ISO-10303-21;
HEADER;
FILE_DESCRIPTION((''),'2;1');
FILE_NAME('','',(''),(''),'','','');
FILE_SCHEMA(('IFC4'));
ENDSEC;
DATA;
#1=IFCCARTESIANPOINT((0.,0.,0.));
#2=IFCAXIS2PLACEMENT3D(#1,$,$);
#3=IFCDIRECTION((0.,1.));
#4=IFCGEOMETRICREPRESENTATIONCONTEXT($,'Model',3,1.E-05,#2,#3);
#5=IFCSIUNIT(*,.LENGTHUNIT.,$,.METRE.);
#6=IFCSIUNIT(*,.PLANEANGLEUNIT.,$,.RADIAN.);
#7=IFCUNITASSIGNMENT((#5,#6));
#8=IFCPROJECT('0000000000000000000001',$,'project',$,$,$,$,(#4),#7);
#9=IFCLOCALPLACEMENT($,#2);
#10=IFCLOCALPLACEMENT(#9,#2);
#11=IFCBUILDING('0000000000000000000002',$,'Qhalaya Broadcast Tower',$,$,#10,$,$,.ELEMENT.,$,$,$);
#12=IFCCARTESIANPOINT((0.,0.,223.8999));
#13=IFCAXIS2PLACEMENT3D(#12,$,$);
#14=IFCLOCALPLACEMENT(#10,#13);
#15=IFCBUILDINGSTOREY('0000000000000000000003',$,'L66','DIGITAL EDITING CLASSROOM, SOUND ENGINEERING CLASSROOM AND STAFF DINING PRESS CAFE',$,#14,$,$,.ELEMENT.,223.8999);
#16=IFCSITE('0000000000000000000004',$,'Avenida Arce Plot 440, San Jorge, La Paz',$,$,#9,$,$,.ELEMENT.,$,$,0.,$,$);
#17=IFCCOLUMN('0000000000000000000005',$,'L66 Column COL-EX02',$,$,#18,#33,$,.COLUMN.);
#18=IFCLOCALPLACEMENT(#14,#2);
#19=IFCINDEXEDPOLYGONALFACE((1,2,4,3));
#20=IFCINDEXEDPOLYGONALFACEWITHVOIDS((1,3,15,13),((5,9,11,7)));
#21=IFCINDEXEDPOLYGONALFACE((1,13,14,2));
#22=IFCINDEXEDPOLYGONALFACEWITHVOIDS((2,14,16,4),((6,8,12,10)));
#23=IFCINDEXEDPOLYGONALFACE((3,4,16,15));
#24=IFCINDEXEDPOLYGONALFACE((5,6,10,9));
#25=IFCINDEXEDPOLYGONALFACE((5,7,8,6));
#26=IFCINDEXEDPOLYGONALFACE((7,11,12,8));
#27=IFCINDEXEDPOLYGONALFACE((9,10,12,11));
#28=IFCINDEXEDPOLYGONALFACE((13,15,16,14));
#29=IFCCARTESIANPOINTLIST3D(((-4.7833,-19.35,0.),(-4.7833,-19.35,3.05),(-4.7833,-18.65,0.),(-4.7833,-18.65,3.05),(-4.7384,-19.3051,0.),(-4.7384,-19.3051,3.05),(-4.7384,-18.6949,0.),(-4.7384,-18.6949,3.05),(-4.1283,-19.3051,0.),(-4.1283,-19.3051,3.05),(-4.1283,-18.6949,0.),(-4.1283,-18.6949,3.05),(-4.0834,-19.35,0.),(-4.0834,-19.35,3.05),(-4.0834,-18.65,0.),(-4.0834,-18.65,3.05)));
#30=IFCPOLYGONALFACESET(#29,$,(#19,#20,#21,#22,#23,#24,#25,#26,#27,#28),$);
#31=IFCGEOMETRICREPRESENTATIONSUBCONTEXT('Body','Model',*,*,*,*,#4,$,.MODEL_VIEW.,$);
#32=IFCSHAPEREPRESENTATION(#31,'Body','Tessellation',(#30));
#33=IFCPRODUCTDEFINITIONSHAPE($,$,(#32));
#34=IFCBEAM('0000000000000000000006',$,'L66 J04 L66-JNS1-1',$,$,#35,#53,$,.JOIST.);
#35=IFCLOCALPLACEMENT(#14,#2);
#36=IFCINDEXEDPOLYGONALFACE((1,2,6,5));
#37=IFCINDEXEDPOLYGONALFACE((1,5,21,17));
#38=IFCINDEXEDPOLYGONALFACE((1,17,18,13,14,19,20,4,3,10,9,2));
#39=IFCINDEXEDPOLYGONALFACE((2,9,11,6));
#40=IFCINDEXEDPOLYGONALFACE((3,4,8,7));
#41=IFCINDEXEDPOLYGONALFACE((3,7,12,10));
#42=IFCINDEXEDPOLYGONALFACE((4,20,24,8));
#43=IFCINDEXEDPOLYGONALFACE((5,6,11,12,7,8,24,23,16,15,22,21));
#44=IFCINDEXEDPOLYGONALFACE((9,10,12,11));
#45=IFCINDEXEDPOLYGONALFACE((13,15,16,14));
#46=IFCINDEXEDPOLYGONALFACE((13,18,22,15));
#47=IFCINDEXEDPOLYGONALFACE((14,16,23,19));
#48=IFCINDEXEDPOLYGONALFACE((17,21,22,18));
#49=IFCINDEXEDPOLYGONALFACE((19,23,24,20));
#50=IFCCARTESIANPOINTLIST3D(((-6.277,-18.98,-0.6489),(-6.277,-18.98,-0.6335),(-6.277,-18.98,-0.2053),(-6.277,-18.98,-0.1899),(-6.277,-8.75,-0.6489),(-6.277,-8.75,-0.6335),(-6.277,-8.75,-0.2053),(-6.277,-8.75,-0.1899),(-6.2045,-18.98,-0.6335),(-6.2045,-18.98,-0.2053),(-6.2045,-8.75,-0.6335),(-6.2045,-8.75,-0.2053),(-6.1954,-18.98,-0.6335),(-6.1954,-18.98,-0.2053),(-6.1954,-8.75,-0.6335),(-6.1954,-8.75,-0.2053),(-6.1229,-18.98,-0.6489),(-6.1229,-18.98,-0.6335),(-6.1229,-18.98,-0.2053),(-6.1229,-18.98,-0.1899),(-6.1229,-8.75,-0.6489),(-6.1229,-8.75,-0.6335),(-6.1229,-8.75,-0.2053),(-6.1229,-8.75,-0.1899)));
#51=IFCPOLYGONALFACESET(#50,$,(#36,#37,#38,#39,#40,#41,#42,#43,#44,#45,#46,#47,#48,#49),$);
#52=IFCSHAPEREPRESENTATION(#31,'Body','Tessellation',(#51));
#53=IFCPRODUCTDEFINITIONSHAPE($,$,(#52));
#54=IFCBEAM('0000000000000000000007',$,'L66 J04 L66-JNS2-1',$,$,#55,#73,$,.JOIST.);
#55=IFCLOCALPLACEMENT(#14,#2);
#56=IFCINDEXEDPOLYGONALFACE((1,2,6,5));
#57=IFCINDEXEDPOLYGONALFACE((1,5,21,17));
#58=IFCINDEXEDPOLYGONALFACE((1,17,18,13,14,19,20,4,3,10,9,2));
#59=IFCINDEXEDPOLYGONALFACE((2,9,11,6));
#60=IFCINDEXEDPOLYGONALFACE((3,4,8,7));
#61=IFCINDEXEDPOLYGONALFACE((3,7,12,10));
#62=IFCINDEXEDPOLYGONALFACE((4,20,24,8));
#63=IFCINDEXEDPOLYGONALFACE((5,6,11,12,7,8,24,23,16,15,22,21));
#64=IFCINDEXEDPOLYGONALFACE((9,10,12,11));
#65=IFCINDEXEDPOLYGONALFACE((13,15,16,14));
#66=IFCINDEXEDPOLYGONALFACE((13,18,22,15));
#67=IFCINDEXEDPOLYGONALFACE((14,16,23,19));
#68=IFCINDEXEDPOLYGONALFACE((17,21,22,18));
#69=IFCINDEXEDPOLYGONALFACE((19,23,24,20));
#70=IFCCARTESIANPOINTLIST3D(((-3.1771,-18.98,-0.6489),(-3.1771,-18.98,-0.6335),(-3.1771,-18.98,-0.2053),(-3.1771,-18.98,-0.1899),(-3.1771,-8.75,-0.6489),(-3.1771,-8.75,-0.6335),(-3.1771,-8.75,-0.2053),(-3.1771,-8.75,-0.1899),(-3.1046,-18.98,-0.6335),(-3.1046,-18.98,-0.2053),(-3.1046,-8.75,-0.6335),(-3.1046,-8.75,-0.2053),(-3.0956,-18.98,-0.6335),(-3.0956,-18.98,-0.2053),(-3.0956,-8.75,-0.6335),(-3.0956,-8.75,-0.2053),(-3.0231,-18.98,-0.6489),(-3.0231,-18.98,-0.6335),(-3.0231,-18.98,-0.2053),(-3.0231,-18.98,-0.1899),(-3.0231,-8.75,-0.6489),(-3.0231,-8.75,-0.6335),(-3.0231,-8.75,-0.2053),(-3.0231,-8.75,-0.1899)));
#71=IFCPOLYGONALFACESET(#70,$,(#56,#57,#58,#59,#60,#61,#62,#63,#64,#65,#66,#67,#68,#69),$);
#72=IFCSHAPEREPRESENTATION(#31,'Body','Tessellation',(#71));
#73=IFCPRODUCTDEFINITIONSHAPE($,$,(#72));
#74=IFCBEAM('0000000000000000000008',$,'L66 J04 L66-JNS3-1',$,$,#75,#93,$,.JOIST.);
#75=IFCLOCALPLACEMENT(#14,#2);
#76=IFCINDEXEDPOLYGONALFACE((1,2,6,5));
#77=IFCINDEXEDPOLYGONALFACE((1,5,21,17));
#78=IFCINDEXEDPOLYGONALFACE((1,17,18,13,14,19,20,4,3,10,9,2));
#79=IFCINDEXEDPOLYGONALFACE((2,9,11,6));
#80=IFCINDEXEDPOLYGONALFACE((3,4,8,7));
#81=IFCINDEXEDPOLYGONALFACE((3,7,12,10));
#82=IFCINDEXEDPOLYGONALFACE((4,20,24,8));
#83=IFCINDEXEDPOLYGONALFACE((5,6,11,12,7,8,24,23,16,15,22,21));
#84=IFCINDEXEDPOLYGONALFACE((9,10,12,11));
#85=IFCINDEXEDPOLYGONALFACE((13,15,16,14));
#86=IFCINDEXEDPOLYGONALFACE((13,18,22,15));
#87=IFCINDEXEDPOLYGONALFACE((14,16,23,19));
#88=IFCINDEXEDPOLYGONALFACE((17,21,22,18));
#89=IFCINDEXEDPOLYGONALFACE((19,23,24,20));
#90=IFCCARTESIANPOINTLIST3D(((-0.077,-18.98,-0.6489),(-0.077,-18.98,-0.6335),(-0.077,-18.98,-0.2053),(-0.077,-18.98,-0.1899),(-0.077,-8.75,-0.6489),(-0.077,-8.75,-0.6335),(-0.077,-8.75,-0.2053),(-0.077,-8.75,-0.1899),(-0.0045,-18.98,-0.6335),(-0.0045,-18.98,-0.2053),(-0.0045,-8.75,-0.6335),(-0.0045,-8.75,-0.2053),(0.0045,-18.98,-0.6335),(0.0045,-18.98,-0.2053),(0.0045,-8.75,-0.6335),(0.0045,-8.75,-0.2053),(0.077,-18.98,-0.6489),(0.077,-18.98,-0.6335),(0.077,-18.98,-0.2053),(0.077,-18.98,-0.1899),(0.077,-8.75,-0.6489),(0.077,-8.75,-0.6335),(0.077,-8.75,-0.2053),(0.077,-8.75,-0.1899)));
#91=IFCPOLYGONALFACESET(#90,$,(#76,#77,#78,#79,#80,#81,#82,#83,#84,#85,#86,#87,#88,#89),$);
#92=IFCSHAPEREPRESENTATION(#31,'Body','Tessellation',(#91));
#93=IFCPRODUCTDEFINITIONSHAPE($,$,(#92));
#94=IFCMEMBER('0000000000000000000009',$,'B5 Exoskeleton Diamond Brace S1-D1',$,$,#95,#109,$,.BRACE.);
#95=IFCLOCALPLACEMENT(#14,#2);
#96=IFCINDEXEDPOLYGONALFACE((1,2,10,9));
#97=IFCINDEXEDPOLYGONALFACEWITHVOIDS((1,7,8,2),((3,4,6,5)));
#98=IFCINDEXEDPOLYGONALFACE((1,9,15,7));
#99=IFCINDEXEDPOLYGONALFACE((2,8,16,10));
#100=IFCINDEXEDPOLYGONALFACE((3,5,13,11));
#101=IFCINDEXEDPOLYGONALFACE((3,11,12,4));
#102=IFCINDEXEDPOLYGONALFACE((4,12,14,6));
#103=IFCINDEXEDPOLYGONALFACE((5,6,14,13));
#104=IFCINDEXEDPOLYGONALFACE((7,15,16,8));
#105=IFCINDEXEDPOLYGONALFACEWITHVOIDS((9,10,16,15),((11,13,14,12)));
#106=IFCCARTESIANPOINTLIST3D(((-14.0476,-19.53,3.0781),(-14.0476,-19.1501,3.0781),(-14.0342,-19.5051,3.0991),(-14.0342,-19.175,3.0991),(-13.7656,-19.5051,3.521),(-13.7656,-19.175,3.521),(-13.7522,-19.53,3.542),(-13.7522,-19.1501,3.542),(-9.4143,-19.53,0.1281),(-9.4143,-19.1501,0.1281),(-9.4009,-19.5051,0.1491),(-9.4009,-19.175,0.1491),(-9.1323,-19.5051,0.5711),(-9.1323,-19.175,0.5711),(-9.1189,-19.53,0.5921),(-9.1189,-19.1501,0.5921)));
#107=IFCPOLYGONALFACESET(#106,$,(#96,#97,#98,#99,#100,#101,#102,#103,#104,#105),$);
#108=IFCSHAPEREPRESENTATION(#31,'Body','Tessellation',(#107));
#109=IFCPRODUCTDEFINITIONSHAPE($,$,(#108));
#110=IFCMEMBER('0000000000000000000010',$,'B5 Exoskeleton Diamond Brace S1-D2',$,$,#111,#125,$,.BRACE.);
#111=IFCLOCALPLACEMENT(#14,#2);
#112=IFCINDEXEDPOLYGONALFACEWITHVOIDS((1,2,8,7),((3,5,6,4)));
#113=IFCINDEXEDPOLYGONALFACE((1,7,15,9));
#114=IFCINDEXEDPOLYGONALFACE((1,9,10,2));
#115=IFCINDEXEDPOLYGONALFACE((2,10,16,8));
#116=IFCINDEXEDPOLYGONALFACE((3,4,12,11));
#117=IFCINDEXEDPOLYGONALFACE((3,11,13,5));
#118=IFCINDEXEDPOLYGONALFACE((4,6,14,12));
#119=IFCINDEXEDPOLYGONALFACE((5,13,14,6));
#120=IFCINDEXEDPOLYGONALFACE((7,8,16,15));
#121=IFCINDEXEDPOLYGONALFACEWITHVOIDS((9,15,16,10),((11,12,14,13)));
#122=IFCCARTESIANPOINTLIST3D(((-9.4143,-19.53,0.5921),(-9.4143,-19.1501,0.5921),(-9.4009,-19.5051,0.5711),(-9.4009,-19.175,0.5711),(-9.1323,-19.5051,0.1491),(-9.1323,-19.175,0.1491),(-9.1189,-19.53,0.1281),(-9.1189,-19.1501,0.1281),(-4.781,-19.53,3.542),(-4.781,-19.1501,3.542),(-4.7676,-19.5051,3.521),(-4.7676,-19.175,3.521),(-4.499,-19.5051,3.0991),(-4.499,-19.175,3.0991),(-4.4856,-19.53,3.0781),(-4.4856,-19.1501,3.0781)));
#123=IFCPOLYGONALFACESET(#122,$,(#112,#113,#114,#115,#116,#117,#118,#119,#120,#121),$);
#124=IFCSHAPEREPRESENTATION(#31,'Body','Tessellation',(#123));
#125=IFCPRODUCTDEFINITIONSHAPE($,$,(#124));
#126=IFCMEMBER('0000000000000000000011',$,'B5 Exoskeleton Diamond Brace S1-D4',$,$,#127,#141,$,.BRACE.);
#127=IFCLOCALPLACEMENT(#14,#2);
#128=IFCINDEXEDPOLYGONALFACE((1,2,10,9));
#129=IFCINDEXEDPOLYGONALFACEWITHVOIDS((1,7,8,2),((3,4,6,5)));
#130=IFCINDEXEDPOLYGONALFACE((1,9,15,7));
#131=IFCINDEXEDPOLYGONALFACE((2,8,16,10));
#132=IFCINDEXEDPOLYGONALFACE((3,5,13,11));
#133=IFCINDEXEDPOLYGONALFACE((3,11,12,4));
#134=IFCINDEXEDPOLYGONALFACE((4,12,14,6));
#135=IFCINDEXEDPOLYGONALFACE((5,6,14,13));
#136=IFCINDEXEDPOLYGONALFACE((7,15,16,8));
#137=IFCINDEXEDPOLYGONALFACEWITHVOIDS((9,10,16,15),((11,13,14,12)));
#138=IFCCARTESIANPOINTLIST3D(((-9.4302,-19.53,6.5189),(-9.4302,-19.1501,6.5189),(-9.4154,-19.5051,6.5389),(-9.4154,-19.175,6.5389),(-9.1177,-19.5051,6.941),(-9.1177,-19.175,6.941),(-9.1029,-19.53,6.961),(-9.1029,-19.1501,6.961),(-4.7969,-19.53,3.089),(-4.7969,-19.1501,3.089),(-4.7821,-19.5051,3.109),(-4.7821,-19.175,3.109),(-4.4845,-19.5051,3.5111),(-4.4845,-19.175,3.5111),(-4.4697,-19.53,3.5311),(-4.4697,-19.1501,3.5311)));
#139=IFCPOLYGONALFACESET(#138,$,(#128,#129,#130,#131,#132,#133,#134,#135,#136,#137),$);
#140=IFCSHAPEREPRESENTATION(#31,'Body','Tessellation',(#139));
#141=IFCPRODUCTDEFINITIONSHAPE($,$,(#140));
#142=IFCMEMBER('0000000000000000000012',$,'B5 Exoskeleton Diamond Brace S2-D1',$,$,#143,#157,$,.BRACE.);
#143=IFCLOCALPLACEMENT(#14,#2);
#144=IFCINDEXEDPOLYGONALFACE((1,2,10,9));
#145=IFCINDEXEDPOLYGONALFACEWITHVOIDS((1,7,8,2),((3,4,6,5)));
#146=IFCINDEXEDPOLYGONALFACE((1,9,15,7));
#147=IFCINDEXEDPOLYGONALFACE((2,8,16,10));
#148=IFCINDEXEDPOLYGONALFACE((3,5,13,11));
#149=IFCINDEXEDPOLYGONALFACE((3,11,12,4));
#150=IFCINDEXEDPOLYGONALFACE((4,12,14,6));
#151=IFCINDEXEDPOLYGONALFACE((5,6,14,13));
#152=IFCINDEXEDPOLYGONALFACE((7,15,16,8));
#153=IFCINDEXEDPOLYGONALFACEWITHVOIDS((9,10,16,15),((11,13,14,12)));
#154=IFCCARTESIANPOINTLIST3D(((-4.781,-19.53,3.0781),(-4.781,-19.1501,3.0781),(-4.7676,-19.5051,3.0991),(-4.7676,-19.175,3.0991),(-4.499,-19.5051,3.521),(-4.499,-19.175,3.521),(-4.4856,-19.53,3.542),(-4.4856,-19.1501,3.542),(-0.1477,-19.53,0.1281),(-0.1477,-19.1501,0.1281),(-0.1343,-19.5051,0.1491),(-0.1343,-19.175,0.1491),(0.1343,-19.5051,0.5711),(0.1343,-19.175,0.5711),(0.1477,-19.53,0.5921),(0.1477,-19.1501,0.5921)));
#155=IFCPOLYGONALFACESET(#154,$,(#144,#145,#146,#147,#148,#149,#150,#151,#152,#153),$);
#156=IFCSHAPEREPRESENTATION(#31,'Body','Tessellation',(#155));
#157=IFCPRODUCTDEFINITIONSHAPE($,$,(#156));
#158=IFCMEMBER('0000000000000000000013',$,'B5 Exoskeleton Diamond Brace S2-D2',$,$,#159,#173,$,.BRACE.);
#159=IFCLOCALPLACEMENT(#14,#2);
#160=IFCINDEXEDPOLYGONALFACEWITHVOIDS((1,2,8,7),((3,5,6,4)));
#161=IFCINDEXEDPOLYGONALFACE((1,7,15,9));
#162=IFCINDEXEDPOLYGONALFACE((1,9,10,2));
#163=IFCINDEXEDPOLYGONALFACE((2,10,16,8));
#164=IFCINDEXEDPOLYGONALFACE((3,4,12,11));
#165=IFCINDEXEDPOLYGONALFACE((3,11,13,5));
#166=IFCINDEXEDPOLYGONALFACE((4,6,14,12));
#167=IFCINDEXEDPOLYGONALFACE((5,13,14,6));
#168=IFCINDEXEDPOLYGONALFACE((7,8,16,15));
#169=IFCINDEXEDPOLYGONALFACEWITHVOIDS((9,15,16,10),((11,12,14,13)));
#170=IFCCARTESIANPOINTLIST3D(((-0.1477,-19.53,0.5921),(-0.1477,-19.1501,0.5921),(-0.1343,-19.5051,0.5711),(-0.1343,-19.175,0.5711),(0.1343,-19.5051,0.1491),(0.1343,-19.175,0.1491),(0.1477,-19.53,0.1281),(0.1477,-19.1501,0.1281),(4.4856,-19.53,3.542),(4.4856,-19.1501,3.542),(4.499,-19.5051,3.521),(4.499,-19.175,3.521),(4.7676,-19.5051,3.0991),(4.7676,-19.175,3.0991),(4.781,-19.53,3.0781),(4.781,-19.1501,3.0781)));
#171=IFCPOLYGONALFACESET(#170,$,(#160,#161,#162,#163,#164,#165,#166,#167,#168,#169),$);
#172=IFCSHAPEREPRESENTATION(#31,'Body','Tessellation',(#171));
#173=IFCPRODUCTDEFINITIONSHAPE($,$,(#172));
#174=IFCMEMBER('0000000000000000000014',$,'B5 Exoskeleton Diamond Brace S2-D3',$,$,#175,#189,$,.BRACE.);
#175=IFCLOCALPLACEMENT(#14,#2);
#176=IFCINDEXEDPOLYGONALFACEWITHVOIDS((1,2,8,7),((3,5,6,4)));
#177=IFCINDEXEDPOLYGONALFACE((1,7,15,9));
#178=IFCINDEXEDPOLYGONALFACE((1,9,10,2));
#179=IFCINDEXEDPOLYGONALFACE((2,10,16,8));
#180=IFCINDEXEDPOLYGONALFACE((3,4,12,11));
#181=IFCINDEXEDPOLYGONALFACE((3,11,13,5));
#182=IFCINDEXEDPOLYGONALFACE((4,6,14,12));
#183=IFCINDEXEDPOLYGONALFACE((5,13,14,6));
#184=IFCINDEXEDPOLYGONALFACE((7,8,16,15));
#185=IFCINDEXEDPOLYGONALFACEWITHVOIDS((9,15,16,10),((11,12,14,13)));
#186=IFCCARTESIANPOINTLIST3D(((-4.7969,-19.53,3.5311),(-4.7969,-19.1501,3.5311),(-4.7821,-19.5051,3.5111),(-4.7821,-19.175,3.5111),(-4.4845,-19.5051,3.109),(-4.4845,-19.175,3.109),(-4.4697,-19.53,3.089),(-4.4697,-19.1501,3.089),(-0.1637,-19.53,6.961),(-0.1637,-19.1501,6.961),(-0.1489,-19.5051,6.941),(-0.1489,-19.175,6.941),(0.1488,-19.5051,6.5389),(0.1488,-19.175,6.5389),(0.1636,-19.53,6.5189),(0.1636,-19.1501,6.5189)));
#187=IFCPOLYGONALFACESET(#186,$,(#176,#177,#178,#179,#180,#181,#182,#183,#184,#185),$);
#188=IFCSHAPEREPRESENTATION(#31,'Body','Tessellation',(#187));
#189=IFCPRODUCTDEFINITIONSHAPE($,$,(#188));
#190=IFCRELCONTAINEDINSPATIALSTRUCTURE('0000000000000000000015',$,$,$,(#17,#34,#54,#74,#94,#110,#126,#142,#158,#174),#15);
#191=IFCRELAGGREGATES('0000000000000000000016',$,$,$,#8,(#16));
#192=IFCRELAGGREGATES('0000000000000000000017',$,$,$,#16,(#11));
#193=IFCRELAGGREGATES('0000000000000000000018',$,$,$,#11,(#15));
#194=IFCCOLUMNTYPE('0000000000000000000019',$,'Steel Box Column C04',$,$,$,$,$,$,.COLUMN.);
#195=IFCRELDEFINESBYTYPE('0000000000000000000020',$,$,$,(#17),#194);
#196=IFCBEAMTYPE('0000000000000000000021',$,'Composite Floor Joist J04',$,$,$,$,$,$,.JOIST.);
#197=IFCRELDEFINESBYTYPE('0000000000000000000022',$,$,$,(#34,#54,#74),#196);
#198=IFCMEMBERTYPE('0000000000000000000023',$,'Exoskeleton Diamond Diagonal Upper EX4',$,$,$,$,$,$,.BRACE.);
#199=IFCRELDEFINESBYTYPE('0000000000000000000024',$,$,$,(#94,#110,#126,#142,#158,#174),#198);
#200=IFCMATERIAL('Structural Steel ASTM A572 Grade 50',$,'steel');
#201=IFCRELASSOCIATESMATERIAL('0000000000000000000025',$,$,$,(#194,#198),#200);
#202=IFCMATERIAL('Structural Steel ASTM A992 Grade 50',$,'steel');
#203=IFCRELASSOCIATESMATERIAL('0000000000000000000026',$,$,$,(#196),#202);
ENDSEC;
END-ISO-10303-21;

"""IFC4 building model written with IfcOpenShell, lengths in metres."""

from ifc_helpers import new_model, si_unit, direction, frame, origin, origin_2d, place, context, subcontext, project, spatial, hollow_rectangle, i_section, extrude, material, material_profile, profile_set, type_object, element, save


model = new_model("IFC4")

# Units and contexts
model_context = context("Model", 3, precision=1e-05, world=origin(), true_north=direction((0.0, 1.0)))
body_context = subcontext(model_context, "Body", "Model", "MODEL_VIEW")
ifc_project = project(units=[si_unit("LENGTHUNIT", "METRE"), si_unit("PLANEANGLEUNIT", "RADIAN")], contexts=[model_context])

# Site, building, storey
site_placement = place(None, origin())
site = spatial("IfcSite", under=ifc_project, at=site_placement, Name="Avenida Arce Plot 440, San Jorge, La Paz", CompositionType="ELEMENT", RefElevation=0.0)
building_placement = place(site_placement, origin())
building = spatial("IfcBuilding", under=site, at=building_placement, Name="Qhalaya Broadcast Tower", CompositionType="ELEMENT")
storey_placement = place(building_placement, frame((0.0, 0.0, 223.8999)))
storey = spatial("IfcBuildingStorey", under=building, at=storey_placement, Name="L66", Description="DIGITAL EDITING CLASSROOM, SOUND ENGINEERING CLASSROOM AND STAFF DINING PRESS CAFE", CompositionType="ELEMENT", Elevation=223.8999)

# Column
ifc_material_1 = material(Name="Structural Steel ASTM A572 Grade 50", Category="steel")
ifc_material_profile_1 = material_profile(ifc_material_1, hollow_rectangle(XDim=0.7, YDim=0.7, WallThickness=0.0449, at=origin_2d()), Name="BOX 700x700x45")
ifc_profile_set_1 = profile_set([ifc_material_profile_1], Name="Structural Steel ASTM A572 Grade 50")
column_type = type_object("IfcColumnType", Name="Steel Box Column C04", PredefinedType="COLUMN", material=ifc_profile_set_1)
column_placement = place(storey_placement, frame((-4.4333, -19.0, 0.0), z_axis=(0.0, 0.0, 1.0), x_axis=(1.0, 0.0, 0.0)))
element("IfcColumn", 1, at=column_placement, inside=storey, type_object=column_type, Name="L66 Column COL-EX02", PredefinedType="COLUMN", context=body_context, shape_type="SweptSolid", body=[
    extrude(hollow_rectangle(XDim=0.7, YDim=0.7, WallThickness=0.0449, at=origin_2d()), origin(), (0.0, 0.0, 1.0), 3.05),
])

# Beams
ifc_material_2 = material(Name="Structural Steel ASTM A992 Grade 50", Category="steel")
ifc_material_profile_2 = material_profile(ifc_material_2, i_section(OverallWidth=0.1541, OverallDepth=0.459, WebThickness=0.009, FlangeThickness=0.0154, at=origin_2d()), Name="W18X46")
ifc_profile_set_2 = profile_set([ifc_material_profile_2], Name="Structural Steel ASTM A992 Grade 50")
beam_type_1 = type_object("IfcBeamType", Name="Composite Floor Joist J04", PredefinedType="JOIST", material=ifc_profile_set_2)
for number, where, z_axis, x_axis, name in (
    (2, (-6.2, -18.98, -0.4194), (0.0, 1.0, 0.0), (-1.0, 0.0, 0.0), "L66 J04 L66-JNS1-1"),
    (3, (-3.1001, -18.98, -0.4194), (0.0, 1.0, 0.0), (-1.0, 0.0, 0.0), "L66 J04 L66-JNS2-1"),
    (4, (0.0, -18.98, -0.4194), (0.0, 1.0, 0.0), (-1.0, 0.0, 0.0), "L66 J04 L66-JNS3-1"),
):
    element("IfcBeam", number, at=place(storey_placement, frame(where, z_axis=z_axis, x_axis=x_axis)), inside=storey, type_object=beam_type_1, Name=name, PredefinedType="JOIST", context=body_context, shape_type="SweptSolid", body=[
        extrude(i_section(OverallWidth=0.1541, OverallDepth=0.459, WebThickness=0.009, FlangeThickness=0.0154, at=origin_2d()), origin(), (0.0, 0.0, 1.0), 10.23),
    ])

# Members
ifc_material_profile_3 = material_profile(ifc_material_1, hollow_rectangle(XDim=0.3799, YDim=0.55, WallThickness=0.0249, at=origin_2d()), Name="BOX 380x550x25")
ifc_profile_set_3 = profile_set([ifc_material_profile_3], Name="Structural Steel ASTM A572 Grade 50")
member_type = type_object("IfcMemberType", Name="Exoskeleton Diamond Diagonal Upper EX4", PredefinedType="BRACE", material=ifc_profile_set_3)
for number, where, z_axis, x_axis, name in (
    (5, (-9.2666, -19.3401, 0.3601), (-0.843539, 0.0, 0.537068), (0.0, -1.0, 0.0), "B5 Exoskeleton Diamond Brace S1-D1"),
    (6, (-9.2666, -19.3401, 0.3601), (0.843539, 0.0, 0.537068), (0.0, 1.0, 0.0), "B5 Exoskeleton Diamond Brace S1-D2"),
):
    element("IfcMember", number, at=place(storey_placement, frame(where, z_axis=z_axis, x_axis=x_axis)), inside=storey, type_object=member_type, Name=name, PredefinedType="BRACE", context=body_context, shape_type="SweptSolid", body=[
        extrude(hollow_rectangle(XDim=0.3799, YDim=0.55, WallThickness=0.0249, at=origin_2d()), origin(), (0.0, 0.0, 1.0), 5.4927),
    ])
member_1_placement = place(storey_placement, frame((-4.6333, -19.3401, 3.3101), z_axis=(-0.803735, 0.0, 0.594987), x_axis=(0.0, -1.0, 0.0)))
element("IfcMember", 7, at=member_1_placement, inside=storey, type_object=member_type, Name="B5 Exoskeleton Diamond Brace S1-D4", PredefinedType="BRACE", context=body_context, shape_type="SweptSolid", body=[
    extrude(hollow_rectangle(XDim=0.3799, YDim=0.55, WallThickness=0.0249, at=origin_2d()), origin(), (0.0, 0.0, 1.0), 5.7646),
])
for number, where, z_axis, x_axis, name in (
    (8, (0.0, -19.3401, 0.3601), (-0.843539, 0.0, 0.537068), (0.0, -1.0, 0.0), "B5 Exoskeleton Diamond Brace S2-D1"),
    (9, (0.0, -19.3401, 0.3601), (0.843539, 0.0, 0.537068), (0.0, 1.0, 0.0), "B5 Exoskeleton Diamond Brace S2-D2"),
):
    element("IfcMember", number, at=place(storey_placement, frame(where, z_axis=z_axis, x_axis=x_axis)), inside=storey, type_object=member_type, Name=name, PredefinedType="BRACE", context=body_context, shape_type="SweptSolid", body=[
        extrude(hollow_rectangle(XDim=0.3799, YDim=0.55, WallThickness=0.0249, at=origin_2d()), origin(), (0.0, 0.0, 1.0), 5.4927),
    ])
member_2_placement = place(storey_placement, frame((-4.6333, -19.3401, 3.3101), z_axis=(0.803735, 0.0, 0.594987), x_axis=(0.0, 1.0, 0.0)))
element("IfcMember", 10, at=member_2_placement, inside=storey, type_object=member_type, Name="B5 Exoskeleton Diamond Brace S2-D3", PredefinedType="BRACE", context=body_context, shape_type="SweptSolid", body=[
    extrude(hollow_rectangle(XDim=0.3799, YDim=0.55, WallThickness=0.0249, at=origin_2d()), origin(), (0.0, 0.0, 1.0), 5.7646),
])

save(model, "model.ifc")
